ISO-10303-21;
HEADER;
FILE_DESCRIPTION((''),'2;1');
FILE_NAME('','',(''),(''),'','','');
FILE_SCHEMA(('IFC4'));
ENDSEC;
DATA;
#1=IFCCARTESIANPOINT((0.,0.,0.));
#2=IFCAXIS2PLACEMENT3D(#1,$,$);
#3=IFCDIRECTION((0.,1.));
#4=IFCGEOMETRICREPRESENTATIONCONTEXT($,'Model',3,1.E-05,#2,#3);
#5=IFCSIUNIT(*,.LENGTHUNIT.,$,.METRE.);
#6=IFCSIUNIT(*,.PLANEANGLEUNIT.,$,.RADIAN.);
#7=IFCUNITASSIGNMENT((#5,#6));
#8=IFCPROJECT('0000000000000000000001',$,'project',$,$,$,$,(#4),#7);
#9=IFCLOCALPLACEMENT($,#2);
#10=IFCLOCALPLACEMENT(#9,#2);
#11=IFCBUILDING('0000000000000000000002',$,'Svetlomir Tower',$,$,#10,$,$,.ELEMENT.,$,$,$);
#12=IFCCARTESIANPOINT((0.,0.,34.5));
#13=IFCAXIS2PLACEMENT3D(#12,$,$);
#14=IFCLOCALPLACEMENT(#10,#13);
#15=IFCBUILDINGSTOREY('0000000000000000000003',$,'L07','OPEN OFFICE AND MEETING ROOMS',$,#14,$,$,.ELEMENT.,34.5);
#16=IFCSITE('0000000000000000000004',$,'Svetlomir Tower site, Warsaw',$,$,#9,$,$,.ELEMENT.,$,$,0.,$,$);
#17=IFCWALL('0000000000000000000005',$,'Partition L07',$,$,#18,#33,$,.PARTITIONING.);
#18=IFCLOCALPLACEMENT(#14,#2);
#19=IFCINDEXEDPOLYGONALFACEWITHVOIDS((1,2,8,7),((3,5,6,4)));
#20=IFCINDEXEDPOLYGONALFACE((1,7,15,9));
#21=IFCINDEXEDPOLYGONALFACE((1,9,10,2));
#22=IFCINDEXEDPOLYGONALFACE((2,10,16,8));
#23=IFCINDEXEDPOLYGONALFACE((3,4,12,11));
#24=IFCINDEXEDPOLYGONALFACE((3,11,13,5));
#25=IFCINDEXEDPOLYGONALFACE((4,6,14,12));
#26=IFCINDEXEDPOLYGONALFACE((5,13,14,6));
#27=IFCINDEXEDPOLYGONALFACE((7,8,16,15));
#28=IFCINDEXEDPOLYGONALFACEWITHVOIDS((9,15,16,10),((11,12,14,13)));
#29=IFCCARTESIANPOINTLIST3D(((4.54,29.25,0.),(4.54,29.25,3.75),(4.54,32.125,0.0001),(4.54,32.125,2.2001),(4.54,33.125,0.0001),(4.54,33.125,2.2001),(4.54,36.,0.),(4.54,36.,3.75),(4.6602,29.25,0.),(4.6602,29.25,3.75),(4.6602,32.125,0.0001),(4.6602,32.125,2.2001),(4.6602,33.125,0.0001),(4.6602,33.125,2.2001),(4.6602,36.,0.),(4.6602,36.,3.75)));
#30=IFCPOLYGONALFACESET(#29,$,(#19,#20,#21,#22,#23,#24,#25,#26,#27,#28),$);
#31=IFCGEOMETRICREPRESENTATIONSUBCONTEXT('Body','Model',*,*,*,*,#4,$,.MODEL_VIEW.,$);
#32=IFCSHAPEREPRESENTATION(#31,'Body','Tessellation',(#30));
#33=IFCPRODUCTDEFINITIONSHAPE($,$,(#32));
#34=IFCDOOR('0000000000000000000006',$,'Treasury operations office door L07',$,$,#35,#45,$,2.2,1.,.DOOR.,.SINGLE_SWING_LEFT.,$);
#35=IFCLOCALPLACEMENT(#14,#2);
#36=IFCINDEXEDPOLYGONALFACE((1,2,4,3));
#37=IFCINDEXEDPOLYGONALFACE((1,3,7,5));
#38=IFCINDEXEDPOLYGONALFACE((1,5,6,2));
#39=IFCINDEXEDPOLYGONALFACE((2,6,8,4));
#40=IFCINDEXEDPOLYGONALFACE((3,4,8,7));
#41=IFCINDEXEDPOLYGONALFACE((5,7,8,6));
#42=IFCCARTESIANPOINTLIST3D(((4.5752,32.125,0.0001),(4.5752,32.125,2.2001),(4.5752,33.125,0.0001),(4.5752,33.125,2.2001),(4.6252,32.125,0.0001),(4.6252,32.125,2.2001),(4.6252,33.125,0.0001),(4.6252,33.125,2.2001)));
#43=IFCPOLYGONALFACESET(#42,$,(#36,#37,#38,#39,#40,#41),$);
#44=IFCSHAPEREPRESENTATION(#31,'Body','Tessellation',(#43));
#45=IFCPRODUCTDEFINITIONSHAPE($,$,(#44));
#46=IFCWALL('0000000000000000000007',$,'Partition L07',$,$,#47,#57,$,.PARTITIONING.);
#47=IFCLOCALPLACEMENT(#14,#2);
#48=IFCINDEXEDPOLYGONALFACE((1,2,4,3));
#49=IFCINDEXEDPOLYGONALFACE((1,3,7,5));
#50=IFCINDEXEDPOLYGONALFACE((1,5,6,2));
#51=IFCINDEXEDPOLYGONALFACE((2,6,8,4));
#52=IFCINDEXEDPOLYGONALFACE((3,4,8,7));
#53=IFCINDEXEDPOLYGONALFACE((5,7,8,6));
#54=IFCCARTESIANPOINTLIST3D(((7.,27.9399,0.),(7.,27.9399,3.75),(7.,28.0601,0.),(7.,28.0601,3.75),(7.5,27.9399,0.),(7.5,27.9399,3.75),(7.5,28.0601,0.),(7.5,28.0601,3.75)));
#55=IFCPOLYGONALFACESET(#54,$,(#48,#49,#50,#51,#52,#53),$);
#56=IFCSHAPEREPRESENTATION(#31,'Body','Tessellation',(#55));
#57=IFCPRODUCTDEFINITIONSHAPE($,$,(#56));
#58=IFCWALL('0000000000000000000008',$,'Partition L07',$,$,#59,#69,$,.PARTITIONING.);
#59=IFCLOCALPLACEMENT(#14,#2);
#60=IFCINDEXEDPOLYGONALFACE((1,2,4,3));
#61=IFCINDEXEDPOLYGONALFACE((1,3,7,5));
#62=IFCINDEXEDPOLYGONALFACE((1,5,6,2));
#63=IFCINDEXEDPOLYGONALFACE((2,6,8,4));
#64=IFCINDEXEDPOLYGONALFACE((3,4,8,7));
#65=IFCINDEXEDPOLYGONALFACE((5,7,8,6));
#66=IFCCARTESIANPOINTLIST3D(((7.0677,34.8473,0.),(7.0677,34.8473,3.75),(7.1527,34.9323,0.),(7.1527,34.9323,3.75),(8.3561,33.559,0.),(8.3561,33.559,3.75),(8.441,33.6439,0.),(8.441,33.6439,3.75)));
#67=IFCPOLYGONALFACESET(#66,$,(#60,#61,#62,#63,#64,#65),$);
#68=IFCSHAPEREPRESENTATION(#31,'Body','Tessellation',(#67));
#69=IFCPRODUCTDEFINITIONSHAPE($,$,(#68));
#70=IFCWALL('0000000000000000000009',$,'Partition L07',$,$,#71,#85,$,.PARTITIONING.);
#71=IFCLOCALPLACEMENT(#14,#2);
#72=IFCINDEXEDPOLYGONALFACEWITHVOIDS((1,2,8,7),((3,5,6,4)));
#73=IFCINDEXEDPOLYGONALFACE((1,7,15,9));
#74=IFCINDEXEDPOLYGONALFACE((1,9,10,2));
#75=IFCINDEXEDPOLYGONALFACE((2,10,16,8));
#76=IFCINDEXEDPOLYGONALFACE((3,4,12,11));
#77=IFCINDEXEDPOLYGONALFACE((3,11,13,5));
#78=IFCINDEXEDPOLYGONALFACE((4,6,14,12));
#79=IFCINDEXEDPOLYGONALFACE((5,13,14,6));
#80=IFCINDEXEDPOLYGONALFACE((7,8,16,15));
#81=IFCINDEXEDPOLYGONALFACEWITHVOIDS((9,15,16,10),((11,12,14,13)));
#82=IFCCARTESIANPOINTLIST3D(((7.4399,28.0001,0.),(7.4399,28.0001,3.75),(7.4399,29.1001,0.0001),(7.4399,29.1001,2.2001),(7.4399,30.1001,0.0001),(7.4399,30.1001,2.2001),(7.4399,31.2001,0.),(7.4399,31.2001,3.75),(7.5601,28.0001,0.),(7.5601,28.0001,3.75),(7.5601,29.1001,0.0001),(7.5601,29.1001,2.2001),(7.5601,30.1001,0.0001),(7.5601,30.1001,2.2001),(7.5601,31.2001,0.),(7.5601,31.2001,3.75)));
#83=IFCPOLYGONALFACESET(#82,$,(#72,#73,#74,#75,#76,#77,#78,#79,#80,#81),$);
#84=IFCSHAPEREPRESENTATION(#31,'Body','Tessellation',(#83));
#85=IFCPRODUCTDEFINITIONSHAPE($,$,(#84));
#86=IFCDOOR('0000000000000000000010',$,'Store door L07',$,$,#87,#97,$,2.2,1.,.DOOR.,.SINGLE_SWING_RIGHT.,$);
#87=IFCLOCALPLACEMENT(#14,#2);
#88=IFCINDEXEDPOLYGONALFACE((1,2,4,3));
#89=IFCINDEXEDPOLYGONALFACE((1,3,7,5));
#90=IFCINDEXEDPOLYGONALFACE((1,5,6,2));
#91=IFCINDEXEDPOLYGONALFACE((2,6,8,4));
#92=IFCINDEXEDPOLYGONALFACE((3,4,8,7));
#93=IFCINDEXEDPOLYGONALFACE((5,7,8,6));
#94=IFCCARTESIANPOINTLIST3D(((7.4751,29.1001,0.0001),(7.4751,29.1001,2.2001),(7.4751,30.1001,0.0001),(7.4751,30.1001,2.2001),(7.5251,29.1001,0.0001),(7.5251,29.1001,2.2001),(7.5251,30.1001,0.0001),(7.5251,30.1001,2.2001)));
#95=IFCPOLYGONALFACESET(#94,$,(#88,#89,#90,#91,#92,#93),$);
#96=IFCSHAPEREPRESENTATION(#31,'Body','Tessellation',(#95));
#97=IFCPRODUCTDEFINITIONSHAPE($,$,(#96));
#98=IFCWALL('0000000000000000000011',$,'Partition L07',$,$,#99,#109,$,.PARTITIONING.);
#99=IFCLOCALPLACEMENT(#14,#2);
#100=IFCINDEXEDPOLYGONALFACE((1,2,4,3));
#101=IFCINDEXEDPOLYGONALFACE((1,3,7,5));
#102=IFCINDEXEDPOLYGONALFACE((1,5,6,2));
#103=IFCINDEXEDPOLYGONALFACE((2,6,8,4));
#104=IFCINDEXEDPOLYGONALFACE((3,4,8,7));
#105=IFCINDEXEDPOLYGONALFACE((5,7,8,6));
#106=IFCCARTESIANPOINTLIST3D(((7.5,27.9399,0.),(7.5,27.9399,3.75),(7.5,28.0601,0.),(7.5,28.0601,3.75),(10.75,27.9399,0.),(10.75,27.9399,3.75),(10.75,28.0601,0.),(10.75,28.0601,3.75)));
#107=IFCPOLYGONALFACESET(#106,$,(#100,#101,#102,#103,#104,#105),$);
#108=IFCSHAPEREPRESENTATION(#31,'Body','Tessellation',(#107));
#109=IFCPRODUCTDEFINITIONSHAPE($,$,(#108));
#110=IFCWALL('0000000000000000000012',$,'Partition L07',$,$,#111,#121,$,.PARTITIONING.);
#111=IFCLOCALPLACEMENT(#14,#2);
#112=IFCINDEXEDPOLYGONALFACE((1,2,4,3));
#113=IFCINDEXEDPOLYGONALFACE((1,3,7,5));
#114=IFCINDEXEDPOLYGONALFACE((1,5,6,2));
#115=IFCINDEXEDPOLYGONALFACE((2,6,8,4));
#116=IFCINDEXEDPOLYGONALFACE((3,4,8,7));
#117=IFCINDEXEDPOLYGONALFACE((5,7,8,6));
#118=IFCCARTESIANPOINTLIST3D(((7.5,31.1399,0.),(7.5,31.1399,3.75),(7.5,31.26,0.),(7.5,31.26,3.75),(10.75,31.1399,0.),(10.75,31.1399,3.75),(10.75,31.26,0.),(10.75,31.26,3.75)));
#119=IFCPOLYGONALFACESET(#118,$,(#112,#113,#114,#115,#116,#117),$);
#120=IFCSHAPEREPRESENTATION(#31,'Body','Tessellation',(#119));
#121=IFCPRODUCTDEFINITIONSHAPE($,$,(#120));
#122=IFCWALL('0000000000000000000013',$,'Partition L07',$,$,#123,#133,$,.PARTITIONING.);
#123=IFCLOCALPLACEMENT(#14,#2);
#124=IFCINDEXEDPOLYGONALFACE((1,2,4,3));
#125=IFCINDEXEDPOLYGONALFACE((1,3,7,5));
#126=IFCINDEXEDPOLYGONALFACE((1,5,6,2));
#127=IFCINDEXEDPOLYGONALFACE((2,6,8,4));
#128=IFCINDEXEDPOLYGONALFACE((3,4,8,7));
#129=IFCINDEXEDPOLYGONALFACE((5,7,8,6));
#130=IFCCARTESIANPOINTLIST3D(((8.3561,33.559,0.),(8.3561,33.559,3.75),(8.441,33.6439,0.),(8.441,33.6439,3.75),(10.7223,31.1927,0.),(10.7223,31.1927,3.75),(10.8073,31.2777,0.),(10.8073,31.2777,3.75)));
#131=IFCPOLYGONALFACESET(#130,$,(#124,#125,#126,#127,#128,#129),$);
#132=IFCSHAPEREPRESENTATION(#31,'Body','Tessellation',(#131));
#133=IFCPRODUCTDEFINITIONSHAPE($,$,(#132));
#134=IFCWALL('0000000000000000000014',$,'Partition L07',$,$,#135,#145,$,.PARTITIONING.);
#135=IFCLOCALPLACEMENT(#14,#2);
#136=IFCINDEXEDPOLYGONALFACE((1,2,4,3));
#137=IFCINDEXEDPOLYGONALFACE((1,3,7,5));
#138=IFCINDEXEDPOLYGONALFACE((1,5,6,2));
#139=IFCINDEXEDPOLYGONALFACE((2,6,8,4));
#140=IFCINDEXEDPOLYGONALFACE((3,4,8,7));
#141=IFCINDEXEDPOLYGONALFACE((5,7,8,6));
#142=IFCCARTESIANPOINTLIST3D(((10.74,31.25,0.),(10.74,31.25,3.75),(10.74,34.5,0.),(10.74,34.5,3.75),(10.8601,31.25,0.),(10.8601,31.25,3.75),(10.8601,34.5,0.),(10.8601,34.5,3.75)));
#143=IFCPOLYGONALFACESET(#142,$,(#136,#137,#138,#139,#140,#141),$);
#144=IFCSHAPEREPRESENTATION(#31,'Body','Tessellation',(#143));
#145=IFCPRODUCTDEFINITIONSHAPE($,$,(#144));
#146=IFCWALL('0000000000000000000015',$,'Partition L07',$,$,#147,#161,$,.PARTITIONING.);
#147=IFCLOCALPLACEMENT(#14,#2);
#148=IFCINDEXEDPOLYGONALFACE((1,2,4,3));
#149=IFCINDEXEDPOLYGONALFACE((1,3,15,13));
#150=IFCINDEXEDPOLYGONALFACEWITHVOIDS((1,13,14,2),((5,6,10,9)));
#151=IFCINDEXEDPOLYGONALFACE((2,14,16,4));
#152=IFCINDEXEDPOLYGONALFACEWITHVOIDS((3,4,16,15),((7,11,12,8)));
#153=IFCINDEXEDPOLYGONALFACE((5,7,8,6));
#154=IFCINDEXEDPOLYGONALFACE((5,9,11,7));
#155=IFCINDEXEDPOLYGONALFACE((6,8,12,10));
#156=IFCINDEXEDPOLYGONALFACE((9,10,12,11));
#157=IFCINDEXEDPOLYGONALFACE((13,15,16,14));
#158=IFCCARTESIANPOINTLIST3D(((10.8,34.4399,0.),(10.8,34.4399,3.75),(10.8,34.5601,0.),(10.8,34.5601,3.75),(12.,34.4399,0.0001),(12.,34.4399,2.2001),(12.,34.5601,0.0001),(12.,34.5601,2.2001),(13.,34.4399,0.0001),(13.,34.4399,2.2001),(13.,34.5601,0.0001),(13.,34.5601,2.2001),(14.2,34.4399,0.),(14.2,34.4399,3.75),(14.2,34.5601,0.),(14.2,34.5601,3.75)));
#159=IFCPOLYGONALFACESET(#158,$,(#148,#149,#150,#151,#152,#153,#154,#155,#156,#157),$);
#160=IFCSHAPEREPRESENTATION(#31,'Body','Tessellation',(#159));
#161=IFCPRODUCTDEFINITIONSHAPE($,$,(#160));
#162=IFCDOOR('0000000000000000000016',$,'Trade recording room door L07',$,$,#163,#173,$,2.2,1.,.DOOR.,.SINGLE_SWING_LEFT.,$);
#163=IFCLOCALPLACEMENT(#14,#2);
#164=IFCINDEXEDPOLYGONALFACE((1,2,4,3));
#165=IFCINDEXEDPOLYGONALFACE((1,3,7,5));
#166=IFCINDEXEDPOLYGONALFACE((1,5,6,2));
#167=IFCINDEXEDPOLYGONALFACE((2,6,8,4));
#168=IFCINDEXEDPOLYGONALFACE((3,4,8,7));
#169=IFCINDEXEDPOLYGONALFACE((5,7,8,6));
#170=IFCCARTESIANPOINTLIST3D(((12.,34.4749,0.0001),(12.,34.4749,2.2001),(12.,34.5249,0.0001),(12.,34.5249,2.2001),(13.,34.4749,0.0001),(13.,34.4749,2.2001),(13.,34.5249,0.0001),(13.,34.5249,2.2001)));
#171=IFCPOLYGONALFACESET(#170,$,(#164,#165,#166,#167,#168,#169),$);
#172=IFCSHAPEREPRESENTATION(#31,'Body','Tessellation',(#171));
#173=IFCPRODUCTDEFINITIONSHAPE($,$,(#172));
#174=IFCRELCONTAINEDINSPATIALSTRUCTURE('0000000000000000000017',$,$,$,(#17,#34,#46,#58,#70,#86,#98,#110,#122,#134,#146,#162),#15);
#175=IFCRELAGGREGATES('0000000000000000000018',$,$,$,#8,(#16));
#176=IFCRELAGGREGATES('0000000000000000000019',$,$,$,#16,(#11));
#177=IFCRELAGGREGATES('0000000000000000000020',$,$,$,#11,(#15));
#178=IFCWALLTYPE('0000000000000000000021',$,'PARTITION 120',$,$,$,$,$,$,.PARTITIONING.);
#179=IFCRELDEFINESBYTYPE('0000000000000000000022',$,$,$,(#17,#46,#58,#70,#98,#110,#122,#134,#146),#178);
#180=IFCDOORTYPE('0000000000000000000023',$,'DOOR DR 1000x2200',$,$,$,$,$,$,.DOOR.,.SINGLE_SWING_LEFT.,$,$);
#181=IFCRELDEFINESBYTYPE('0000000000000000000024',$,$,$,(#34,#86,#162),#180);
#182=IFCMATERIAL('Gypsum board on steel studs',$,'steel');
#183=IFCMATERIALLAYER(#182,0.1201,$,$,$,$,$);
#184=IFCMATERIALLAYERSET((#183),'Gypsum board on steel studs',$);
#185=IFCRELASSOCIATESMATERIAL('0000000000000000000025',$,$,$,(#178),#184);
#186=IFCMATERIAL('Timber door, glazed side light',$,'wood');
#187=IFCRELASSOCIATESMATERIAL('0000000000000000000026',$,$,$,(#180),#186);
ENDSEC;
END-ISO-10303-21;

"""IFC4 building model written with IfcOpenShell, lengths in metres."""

from ifc_helpers import new_model, si_unit, direction, frame, frame_2d, origin, place, context, subcontext, project, spatial, rectangle, extrude, material, layer, layer_set, type_object, element, fill, save


model = new_model("IFC4")

# Units and contexts
model_context = context("Model", 3, precision=1e-05, world=origin(), true_north=direction((0.0, 1.0)))
body_context = subcontext(model_context, "Body", "Model", "MODEL_VIEW")
ifc_project = project(units=[si_unit("LENGTHUNIT", "METRE"), si_unit("PLANEANGLEUNIT", "RADIAN")], contexts=[model_context])

# Site, building, storey
site_placement = place(None, origin())
site = spatial("IfcSite", under=ifc_project, at=site_placement, Name="Svetlomir Tower site, Warsaw", CompositionType="ELEMENT", RefElevation=0.0)
building_placement = place(site_placement, origin())
building = spatial("IfcBuilding", under=site, at=building_placement, Name="Svetlomir Tower", CompositionType="ELEMENT")
storey_placement = place(building_placement, frame((0.0, 0.0, 34.5)))
storey = spatial("IfcBuildingStorey", under=building, at=storey_placement, Name="L07", Description="OPEN OFFICE AND MEETING ROOMS", CompositionType="ELEMENT", Elevation=34.5)

# Shared definitions
ifc_material_1 = material(Name="Gypsum board on steel studs", Category="steel")
ifc_layer_1 = layer(ifc_material_1, 0.1201)
ifc_layer_set_1 = layer_set([ifc_layer_1], Name="Gypsum board on steel studs")
wall_type_1 = type_object("IfcWallType", Name="PARTITION 120", PredefinedType="PARTITIONING", material=ifc_layer_set_1)

# Wall, opening, door
wall_1_placement = place(storey_placement, frame((4.6001, 29.25, 0.0), z_axis=(0.0, 0.0, 1.0), x_axis=(0.0, 1.0, 0.0)))
wall_1 = element("IfcWall", 1, at=wall_1_placement, inside=storey, type_object=wall_type_1, Name="Partition L07", PredefinedType="PARTITIONING", context=body_context, shape_type="SweptSolid", body=[
    extrude(rectangle(XDim=6.75, YDim=0.1201, at=frame_2d((3.375, 0.0))), origin(), (0.0, 0.0, 1.0), 3.75),
])
opening_1_placement = place(wall_1_placement, frame((2.875, 0.0, 0.0)))
opening_1 = element("IfcOpeningElement", 2, at=opening_1_placement, cuts=wall_1, PredefinedType="OPENING", context=body_context, shape_type="SweptSolid", body=[
    extrude(rectangle(XDim=1.0, YDim=2.2, at=frame_2d((0.5, 1.1001))), frame((0.0, 0.0701, 0.0), z_axis=(0.0, -1.0, 0.0), x_axis=(1.0, 0.0, 0.0)), (0.0, 0.0, 1.0), 0.1401),
])
ifc_material_2 = material(Name="Timber door, glazed side light", Category="wood")
door_type_1 = type_object("IfcDoorType", Name="DOOR DR 1000x2200", OperationType="SINGLE_SWING_LEFT", PredefinedType="DOOR", material=ifc_material_2)
door_1_placement = place(opening_1_placement, origin())
door_1 = element("IfcDoor", 3, at=door_1_placement, inside=storey, type_object=door_type_1, Name="Treasury operations office door L07", OperationType="SINGLE_SWING_LEFT", OverallHeight=2.2, OverallWidth=1.0, PredefinedType="DOOR", context=body_context, shape_type="SweptSolid", body=[
    extrude(rectangle(XDim=1.0, YDim=2.2, at=frame_2d((0.5, 1.1001))), frame((0.0, 0.0249, 0.0), z_axis=(0.0, -1.0, 0.0), x_axis=(1.0, 0.0, 0.0)), (0.0, 0.0, 1.0), 0.05),
])
fill(opening_1, door_1)

# Walls
wall_2_placement = place(storey_placement, frame((7.0, 28.0, 0.0), z_axis=(0.0, 0.0, 1.0), x_axis=(1.0, 0.0, 0.0)))
element("IfcWall", 4, at=wall_2_placement, inside=storey, type_object=wall_type_1, Name="Partition L07", PredefinedType="PARTITIONING", context=body_context, shape_type="SweptSolid", body=[
    extrude(rectangle(XDim=0.5, YDim=0.1201, at=frame_2d((0.25, 0.0))), origin(), (0.0, 0.0, 1.0), 3.75),
])
wall_3_placement = place(storey_placement, frame((7.1101, 34.8899, 0.0), z_axis=(0.0, 0.0, 1.0), x_axis=(0.707107, -0.707107, 0.0)))
element("IfcWall", 5, at=wall_3_placement, inside=storey, type_object=wall_type_1, Name="Partition L07", PredefinedType="PARTITIONING", context=body_context, shape_type="SweptSolid", body=[
    extrude(rectangle(XDim=1.822, YDim=0.1201, at=frame_2d((0.9111, 0.0))), origin(), (0.0, 0.0, 1.0), 3.75),
])

# Wall, opening, door
wall_4_placement = place(storey_placement, frame((7.5, 28.0, 0.0), z_axis=(0.0, 0.0, 1.0), x_axis=(0.0, 1.0, 0.0)))
wall_4 = element("IfcWall", 6, at=wall_4_placement, inside=storey, type_object=wall_type_1, Name="Partition L07", PredefinedType="PARTITIONING", context=body_context, shape_type="SweptSolid", body=[
    extrude(rectangle(XDim=3.2, YDim=0.1201, at=frame_2d((1.6001, 0.0))), origin(), (0.0, 0.0, 1.0), 3.75),
])
opening_2_placement = place(wall_4_placement, frame((1.1001, 0.0, 0.0)))
opening_2 = element("IfcOpeningElement", 7, at=opening_2_placement, cuts=wall_4, PredefinedType="OPENING", context=body_context, shape_type="SweptSolid", body=[
    extrude(rectangle(XDim=1.0, YDim=2.2, at=frame_2d((0.5, 1.1001))), frame((0.0, 0.0701, 0.0), z_axis=(0.0, -1.0, 0.0), x_axis=(1.0, 0.0, 0.0)), (0.0, 0.0, 1.0), 0.1401),
])
door_2_placement = place(opening_2_placement, origin())
door_2 = element("IfcDoor", 8, at=door_2_placement, inside=storey, type_object=door_type_1, Name="Store door L07", OperationType="SINGLE_SWING_RIGHT", OverallHeight=2.2, OverallWidth=1.0, PredefinedType="DOOR", context=body_context, shape_type="SweptSolid", body=[
    extrude(rectangle(XDim=1.0, YDim=2.2, at=frame_2d((0.5, 1.1001))), frame((0.0, 0.0249, 0.0), z_axis=(0.0, -1.0, 0.0), x_axis=(1.0, 0.0, 0.0)), (0.0, 0.0, 1.0), 0.05),
])
fill(opening_2, door_2)

# Walls
for number, where, z_axis, x_axis, name in (
    (9, (7.5, 28.0, 0.0), (0.0, 0.0, 1.0), (1.0, 0.0, 0.0), "Partition L07"),
    (10, (7.5, 31.2, 0.0), (0.0, 0.0, 1.0), (1.0, 0.0, 0.0), "Partition L07"),
):
    element("IfcWall", number, at=place(storey_placement, frame(where, z_axis=z_axis, x_axis=x_axis)), inside=storey, type_object=wall_type_1, Name=name, PredefinedType="PARTITIONING", context=body_context, shape_type="SweptSolid", body=[
        extrude(rectangle(XDim=3.25, YDim=0.1201, at=frame_2d((1.625, 0.0))), origin(), (0.0, 0.0, 1.0), 3.75),
    ])
wall_5_placement = place(storey_placement, frame((8.3984, 33.6016, 0.0), z_axis=(0.0, 0.0, 1.0), x_axis=(0.707107, -0.707107, 0.0)))
element("IfcWall", 11, at=wall_5_placement, inside=storey, type_object=wall_type_1, Name="Partition L07", PredefinedType="PARTITIONING", context=body_context, shape_type="SweptSolid", body=[
    extrude(rectangle(XDim=3.3464, YDim=0.1201, at=frame_2d((1.6733, 0.0))), origin(), (0.0, 0.0, 1.0), 3.75),
])
wall_6_placement = place(storey_placement, frame((10.8, 31.25, 0.0), z_axis=(0.0, 0.0, 1.0), x_axis=(0.0, 1.0, 0.0)))
element("IfcWall", 12, at=wall_6_placement, inside=storey, type_object=wall_type_1, Name="Partition L07", PredefinedType="PARTITIONING", context=body_context, shape_type="SweptSolid", body=[
    extrude(rectangle(XDim=3.25, YDim=0.1201, at=frame_2d((1.625, 0.0))), origin(), (0.0, 0.0, 1.0), 3.75),
])

# Wall, opening, door
wall_7_placement = place(storey_placement, frame((10.8, 34.5, 0.0), z_axis=(0.0, 0.0, 1.0), x_axis=(1.0, 0.0, 0.0)))
wall_7 = element("IfcWall", 13, at=wall_7_placement, inside=storey, type_object=wall_type_1, Name="Partition L07", PredefinedType="PARTITIONING", context=body_context, shape_type="SweptSolid", body=[
    extrude(rectangle(XDim=3.3999, YDim=0.1201, at=frame_2d((1.7, 0.0))), origin(), (0.0, 0.0, 1.0), 3.75),
])
opening_3_placement = place(wall_7_placement, frame((1.2, 0.0, 0.0)))
opening_3 = element("IfcOpeningElement", 14, at=opening_3_placement, cuts=wall_7, PredefinedType="OPENING", context=body_context, shape_type="SweptSolid", body=[
    extrude(rectangle(XDim=1.0, YDim=2.2, at=frame_2d((0.5, 1.1001))), frame((0.0, 0.0701, 0.0), z_axis=(0.0, -1.0, 0.0), x_axis=(1.0, 0.0, 0.0)), (0.0, 0.0, 1.0), 0.1401),
])
door_3_placement = place(opening_3_placement, origin())
door_3 = element("IfcDoor", 15, at=door_3_placement, inside=storey, type_object=door_type_1, Name="Trade recording room door L07", OperationType="SINGLE_SWING_LEFT", OverallHeight=2.2, OverallWidth=1.0, PredefinedType="DOOR", context=body_context, shape_type="SweptSolid", body=[
    extrude(rectangle(XDim=1.0, YDim=2.2, at=frame_2d((0.5, 1.1001))), frame((0.0, 0.0249, 0.0), z_axis=(0.0, -1.0, 0.0), x_axis=(1.0, 0.0, 0.0)), (0.0, 0.0, 1.0), 0.05),
])
fill(opening_3, door_3)

save(model, "model.ifc")
